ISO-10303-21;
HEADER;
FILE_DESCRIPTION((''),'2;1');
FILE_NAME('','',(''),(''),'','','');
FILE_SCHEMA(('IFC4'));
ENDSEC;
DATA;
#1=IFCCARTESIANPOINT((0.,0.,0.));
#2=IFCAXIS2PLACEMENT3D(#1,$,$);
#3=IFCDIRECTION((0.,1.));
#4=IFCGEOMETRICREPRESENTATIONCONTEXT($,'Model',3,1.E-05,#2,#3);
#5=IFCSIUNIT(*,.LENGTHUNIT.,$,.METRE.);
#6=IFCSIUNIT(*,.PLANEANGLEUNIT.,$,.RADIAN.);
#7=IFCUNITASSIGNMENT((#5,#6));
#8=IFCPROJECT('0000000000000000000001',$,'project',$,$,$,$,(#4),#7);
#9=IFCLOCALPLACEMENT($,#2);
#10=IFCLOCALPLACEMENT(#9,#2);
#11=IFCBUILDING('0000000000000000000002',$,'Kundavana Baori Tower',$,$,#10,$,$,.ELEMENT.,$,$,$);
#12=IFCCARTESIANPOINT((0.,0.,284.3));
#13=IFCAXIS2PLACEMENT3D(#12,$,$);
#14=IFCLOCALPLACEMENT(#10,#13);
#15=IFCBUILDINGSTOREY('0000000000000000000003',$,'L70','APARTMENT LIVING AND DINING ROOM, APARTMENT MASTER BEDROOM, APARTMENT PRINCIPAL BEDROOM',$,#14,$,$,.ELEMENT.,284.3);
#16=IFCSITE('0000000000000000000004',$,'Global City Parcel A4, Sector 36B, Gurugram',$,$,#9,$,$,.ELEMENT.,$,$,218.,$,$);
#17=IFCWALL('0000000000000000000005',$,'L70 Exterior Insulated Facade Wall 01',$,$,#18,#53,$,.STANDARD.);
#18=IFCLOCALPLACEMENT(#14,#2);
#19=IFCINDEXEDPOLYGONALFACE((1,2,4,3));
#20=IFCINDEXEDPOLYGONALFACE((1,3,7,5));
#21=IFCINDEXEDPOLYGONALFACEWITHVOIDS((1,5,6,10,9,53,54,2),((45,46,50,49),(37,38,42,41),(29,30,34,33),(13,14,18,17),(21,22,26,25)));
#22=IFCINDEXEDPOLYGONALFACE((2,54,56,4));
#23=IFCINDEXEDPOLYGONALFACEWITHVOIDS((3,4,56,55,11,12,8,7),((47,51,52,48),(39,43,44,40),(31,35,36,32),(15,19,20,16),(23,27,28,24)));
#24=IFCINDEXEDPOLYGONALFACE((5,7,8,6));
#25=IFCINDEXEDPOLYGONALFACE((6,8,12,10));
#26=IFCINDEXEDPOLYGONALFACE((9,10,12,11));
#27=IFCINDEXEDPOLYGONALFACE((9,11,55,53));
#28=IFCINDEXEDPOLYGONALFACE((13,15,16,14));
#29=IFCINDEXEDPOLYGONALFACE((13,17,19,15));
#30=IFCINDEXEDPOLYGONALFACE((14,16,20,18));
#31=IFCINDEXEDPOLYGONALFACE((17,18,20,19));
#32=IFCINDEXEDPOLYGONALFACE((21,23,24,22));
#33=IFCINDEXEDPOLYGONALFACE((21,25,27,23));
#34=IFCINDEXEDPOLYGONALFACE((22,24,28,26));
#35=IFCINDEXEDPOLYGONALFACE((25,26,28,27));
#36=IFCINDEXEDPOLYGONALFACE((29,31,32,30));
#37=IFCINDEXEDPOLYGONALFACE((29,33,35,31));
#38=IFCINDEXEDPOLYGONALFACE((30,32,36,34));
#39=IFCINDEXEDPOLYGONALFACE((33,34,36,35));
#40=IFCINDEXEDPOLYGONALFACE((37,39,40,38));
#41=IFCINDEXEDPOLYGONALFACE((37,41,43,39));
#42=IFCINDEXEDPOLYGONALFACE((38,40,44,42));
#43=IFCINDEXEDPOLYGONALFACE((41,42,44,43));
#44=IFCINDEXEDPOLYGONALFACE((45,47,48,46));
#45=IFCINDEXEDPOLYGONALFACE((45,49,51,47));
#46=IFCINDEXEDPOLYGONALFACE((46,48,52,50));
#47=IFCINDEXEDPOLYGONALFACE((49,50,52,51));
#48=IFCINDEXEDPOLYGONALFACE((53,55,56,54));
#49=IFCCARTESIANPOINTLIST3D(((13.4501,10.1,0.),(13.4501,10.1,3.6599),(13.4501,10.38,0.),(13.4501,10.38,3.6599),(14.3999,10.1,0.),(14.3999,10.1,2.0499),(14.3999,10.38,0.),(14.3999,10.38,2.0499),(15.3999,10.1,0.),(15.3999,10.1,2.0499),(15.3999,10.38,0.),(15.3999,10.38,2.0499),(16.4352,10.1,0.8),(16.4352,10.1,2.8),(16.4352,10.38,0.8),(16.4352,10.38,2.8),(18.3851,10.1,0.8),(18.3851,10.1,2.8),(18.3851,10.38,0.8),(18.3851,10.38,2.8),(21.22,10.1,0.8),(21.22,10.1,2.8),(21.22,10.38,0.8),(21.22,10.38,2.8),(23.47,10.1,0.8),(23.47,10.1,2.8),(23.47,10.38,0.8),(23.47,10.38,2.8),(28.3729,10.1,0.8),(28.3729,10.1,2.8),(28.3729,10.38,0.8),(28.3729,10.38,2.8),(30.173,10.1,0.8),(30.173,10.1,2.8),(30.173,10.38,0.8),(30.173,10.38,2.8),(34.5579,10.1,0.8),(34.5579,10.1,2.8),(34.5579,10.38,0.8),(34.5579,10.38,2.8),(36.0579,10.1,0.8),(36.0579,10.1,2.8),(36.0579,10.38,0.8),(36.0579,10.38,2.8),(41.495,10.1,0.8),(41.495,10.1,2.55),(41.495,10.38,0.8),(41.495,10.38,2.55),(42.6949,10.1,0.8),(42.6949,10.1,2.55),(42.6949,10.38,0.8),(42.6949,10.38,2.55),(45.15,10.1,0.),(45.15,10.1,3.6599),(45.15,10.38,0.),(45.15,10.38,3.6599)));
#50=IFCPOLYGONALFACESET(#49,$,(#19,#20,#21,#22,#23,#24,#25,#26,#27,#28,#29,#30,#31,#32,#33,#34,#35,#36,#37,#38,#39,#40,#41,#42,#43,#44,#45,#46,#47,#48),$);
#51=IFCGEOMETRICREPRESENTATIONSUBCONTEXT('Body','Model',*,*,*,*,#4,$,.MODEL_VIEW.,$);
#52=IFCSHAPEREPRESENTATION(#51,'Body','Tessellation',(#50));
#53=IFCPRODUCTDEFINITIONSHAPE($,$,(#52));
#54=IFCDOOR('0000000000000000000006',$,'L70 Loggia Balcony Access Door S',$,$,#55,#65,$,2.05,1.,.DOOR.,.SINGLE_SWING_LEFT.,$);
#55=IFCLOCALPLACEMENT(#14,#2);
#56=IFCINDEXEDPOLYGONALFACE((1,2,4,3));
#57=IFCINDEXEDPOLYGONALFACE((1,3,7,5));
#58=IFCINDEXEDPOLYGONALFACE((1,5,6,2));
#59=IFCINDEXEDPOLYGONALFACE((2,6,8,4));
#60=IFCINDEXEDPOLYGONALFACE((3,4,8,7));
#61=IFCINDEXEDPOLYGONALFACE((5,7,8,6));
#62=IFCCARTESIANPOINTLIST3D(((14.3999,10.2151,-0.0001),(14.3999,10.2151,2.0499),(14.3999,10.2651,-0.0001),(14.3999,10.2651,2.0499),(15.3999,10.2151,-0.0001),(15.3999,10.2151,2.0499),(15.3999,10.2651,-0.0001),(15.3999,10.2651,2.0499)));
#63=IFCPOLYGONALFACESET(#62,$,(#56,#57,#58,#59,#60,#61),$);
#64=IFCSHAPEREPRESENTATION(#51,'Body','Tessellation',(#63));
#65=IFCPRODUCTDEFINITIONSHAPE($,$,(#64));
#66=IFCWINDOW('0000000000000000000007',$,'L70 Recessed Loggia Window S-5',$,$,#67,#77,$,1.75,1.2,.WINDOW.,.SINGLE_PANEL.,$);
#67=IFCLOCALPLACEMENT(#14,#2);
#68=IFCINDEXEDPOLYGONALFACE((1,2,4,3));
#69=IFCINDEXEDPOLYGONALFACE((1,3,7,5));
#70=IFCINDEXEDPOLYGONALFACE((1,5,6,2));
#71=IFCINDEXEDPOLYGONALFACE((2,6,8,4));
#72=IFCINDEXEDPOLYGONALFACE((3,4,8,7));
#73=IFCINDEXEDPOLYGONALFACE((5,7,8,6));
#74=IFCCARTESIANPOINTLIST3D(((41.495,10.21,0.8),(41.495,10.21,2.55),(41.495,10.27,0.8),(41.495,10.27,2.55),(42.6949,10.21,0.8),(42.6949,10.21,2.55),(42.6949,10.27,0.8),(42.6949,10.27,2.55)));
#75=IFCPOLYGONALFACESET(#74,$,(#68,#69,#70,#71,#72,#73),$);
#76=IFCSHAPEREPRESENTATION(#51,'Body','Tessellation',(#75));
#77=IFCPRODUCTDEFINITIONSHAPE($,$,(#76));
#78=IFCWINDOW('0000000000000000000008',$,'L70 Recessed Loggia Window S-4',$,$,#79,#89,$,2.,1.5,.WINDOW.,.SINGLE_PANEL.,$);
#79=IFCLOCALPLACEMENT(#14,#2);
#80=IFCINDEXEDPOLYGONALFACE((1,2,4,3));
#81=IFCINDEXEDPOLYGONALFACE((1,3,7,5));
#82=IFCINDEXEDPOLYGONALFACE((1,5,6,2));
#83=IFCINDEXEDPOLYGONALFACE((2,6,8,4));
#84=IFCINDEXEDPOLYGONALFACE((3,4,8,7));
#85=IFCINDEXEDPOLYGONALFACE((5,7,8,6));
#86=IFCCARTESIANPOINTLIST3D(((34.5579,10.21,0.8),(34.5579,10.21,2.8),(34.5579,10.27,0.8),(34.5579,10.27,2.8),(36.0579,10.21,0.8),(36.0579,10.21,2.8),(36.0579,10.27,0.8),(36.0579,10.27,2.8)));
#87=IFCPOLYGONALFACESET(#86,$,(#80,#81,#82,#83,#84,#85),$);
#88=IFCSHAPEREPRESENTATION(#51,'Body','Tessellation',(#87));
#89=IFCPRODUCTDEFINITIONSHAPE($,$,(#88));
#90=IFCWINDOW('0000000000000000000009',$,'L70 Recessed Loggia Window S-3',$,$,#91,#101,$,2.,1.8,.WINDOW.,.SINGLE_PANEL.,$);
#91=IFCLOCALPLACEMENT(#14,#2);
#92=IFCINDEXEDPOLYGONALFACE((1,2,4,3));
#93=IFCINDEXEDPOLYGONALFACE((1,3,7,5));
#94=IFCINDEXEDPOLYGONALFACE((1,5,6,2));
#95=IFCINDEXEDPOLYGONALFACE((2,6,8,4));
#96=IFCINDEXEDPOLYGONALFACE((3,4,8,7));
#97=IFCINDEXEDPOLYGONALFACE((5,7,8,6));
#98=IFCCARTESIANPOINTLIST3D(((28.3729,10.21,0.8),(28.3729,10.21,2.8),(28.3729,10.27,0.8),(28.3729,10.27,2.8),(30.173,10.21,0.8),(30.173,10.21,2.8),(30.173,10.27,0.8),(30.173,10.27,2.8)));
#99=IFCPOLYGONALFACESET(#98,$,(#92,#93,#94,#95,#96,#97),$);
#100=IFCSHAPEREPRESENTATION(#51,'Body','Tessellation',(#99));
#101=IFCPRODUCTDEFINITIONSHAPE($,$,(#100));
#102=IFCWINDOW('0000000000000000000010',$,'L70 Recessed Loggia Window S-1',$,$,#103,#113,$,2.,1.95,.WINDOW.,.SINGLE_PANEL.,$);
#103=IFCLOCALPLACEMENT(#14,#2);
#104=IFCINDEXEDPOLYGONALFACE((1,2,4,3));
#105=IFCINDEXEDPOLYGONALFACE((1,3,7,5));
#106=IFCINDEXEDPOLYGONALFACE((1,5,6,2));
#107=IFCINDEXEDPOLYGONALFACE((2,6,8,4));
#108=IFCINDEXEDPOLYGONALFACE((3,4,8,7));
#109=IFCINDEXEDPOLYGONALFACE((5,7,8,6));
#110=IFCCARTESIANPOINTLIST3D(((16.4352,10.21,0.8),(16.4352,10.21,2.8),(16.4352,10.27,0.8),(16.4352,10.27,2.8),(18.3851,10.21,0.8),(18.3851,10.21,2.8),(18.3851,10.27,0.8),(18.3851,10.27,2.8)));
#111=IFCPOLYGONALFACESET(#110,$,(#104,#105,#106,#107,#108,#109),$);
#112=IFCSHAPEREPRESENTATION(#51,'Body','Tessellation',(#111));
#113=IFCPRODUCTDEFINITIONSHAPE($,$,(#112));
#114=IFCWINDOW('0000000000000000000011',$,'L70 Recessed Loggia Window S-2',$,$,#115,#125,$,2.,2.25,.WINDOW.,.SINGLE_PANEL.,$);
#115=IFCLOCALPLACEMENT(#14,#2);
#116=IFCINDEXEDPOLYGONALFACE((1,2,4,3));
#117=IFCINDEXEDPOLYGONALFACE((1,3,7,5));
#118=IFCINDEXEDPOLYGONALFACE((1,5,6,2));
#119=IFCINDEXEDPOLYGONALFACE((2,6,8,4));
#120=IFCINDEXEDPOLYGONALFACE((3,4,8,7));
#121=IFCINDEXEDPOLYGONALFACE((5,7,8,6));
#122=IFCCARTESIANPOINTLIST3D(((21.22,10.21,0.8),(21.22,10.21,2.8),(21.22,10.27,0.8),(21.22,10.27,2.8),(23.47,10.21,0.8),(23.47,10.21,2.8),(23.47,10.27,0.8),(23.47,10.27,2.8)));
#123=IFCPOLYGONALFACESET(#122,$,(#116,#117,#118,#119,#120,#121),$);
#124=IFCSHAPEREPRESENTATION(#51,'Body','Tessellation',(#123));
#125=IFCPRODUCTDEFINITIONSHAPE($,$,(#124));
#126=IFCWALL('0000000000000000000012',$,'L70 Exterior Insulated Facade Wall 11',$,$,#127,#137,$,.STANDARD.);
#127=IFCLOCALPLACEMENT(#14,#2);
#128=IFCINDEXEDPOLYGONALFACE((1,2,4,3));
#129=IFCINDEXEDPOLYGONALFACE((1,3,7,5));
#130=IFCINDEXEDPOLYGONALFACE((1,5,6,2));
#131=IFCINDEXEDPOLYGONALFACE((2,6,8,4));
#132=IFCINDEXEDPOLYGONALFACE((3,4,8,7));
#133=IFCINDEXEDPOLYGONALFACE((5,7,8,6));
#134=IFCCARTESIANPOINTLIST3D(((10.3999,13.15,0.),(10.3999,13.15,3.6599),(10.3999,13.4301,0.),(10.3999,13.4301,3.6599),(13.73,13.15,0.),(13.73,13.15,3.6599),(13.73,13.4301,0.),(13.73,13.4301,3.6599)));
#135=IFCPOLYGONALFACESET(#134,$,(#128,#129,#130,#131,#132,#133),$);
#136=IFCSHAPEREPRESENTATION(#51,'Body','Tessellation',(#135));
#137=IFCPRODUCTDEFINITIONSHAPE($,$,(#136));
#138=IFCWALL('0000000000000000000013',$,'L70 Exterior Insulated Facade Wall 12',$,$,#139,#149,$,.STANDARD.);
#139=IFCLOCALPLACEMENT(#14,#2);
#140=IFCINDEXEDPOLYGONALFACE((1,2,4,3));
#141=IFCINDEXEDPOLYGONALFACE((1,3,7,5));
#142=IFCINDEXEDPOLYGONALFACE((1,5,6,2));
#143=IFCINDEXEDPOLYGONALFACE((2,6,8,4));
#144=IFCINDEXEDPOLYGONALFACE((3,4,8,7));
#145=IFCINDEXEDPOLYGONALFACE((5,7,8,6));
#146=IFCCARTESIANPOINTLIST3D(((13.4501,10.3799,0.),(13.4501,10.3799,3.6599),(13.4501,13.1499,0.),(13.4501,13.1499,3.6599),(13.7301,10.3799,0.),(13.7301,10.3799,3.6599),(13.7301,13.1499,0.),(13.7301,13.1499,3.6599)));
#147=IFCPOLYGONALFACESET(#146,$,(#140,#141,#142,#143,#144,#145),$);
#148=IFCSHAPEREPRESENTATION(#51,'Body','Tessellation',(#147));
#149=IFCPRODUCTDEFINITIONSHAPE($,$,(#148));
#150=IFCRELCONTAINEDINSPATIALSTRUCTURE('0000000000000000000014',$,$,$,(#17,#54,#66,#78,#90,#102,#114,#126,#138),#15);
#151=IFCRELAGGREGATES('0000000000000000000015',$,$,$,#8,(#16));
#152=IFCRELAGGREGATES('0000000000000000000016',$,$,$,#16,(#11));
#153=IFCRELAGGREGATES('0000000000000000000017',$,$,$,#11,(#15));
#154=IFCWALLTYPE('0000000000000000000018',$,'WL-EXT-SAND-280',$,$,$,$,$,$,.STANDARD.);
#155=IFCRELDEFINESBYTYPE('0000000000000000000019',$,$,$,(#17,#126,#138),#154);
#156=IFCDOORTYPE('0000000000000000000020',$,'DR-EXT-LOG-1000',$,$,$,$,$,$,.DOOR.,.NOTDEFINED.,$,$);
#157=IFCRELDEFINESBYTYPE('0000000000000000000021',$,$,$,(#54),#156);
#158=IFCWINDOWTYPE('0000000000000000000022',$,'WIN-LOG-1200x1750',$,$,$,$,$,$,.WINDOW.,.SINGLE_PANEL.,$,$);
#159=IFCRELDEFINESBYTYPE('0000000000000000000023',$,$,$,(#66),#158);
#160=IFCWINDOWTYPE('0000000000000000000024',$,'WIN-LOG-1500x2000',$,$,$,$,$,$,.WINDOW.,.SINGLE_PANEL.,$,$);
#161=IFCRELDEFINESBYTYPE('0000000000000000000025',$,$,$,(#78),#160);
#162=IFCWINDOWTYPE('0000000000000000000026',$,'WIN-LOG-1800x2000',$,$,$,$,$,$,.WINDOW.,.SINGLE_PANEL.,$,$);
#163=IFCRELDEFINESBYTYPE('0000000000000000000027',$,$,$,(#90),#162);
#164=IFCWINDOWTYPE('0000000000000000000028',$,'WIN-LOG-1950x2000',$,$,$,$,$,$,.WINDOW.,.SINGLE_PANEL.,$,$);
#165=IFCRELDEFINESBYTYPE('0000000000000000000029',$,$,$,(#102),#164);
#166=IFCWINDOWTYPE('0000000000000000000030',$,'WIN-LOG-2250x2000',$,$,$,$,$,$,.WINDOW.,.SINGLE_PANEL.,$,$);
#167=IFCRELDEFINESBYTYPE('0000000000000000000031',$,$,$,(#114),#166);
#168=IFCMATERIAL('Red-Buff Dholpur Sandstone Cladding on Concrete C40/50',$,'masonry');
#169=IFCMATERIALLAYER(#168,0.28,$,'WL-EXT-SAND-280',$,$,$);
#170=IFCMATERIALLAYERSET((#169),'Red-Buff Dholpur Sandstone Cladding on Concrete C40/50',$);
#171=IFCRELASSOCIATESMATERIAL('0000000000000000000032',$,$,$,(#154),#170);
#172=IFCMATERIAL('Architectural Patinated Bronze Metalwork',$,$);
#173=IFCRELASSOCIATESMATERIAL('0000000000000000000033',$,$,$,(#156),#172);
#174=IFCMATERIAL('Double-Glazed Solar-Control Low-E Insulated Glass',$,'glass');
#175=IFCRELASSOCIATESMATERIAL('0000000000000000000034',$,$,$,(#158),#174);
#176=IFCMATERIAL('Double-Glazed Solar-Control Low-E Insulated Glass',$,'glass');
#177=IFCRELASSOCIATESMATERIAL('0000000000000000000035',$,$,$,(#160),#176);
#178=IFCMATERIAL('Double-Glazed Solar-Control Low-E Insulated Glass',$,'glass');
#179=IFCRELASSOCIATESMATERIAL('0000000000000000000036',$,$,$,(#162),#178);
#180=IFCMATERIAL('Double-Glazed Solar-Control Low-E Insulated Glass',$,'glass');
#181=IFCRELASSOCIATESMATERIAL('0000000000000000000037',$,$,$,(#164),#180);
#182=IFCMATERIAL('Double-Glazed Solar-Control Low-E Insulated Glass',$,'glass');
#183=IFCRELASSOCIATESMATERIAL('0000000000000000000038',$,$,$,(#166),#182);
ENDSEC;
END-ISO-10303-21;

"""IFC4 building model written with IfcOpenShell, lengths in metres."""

from ifc_helpers import new_model, si_unit, direction, frame, frame_2d, origin, place, context, subcontext, project, spatial, rectangle, extrude, material, layer, layer_set, type_object, element, fill, save


model = new_model("IFC4")

# Units and contexts
model_context = context("Model", 3, precision=1e-05, world=origin(), true_north=direction((0.0, 1.0)))
body_context = subcontext(model_context, "Body", "Model", "MODEL_VIEW")
ifc_project = project(units=[si_unit("LENGTHUNIT", "METRE"), si_unit("PLANEANGLEUNIT", "RADIAN")], contexts=[model_context])

# Site, building, storey
site_placement = place(None, origin())
site = spatial("IfcSite", under=ifc_project, at=site_placement, Name="Global City Parcel A4, Sector 36B, Gurugram", CompositionType="ELEMENT", RefElevation=218.0)
building_placement = place(site_placement, origin())
building = spatial("IfcBuilding", under=site, at=building_placement, Name="Kundavana Baori Tower", CompositionType="ELEMENT")
storey_placement = place(building_placement, frame((0.0, 0.0, 284.3)))
storey = spatial("IfcBuildingStorey", under=building, at=storey_placement, Name="L70", Description="APARTMENT LIVING AND DINING ROOM, APARTMENT MASTER BEDROOM, APARTMENT PRINCIPAL BEDROOM", CompositionType="ELEMENT", Elevation=284.3)

# Wall, openings, door, windows
ifc_material_1 = material(Name="Red-Buff Dholpur Sandstone Cladding on Concrete C40/50", Category="masonry")
ifc_layer_1 = layer(ifc_material_1, 0.28, Name="WL-EXT-SAND-280")
ifc_layer_set_1 = layer_set([ifc_layer_1], Name="Red-Buff Dholpur Sandstone Cladding on Concrete C40/50")
wall_type_1 = type_object("IfcWallType", Name="WL-EXT-SAND-280", PredefinedType="STANDARD", material=ifc_layer_set_1)
wall_1_placement = place(storey_placement, frame((13.45, 10.24, 0.0), z_axis=(0.0, 0.0, 1.0), x_axis=(1.0, 0.0, 0.0)))
wall_1 = element("IfcWall", 1, at=wall_1_placement, inside=storey, type_object=wall_type_1, Name="L70 Exterior Insulated Facade Wall 01", PredefinedType="STANDARD", context=body_context, shape_type="SweptSolid", body=[
    extrude(rectangle(XDim=31.7, YDim=0.28, at=frame_2d((15.8501, 0.0))), origin(), (0.0, 0.0, 1.0), 3.6599),
])
opening_1_placement = place(wall_1_placement, frame((0.95, 0.0, 0.0)))
opening_1 = element("IfcOpeningElement", 2, at=opening_1_placement, cuts=wall_1, PredefinedType="OPENING", context=body_context, shape_type="SweptSolid", body=[
    extrude(rectangle(XDim=1.0, YDim=2.05, at=frame_2d((0.5, 1.0249))), frame((0.0, 0.1499, 0.0), z_axis=(0.0, -1.0, 0.0), x_axis=(1.0, 0.0, 0.0)), (0.0, 0.0, 1.0), 0.3),
])
opening_2_placement = place(wall_1_placement, frame((2.9851, 0.0, 0.8)))
opening_2 = element("IfcOpeningElement", 3, at=opening_2_placement, cuts=wall_1, PredefinedType="OPENING", context=body_context, shape_type="SweptSolid", body=[
    extrude(rectangle(XDim=1.95, YDim=2.0, at=frame_2d((0.9751, 1.0))), frame((0.0, 0.1499, 0.0), z_axis=(0.0, -1.0, 0.0), x_axis=(1.0, 0.0, 0.0)), (0.0, 0.0, 1.0), 0.3),
])
opening_3_placement = place(wall_1_placement, frame((7.77, 0.0, 0.8)))
opening_3 = element("IfcOpeningElement", 4, at=opening_3_placement, cuts=wall_1, PredefinedType="OPENING", context=body_context, shape_type="SweptSolid", body=[
    extrude(rectangle(XDim=2.25, YDim=2.0, at=frame_2d((1.125, 1.0))), frame((0.0, 0.1499, 0.0), z_axis=(0.0, -1.0, 0.0), x_axis=(1.0, 0.0, 0.0)), (0.0, 0.0, 1.0), 0.3),
])
opening_4_placement = place(wall_1_placement, frame((14.9231, 0.0, 0.8)))
opening_4 = element("IfcOpeningElement", 5, at=opening_4_placement, cuts=wall_1, PredefinedType="OPENING", context=body_context, shape_type="SweptSolid", body=[
    extrude(rectangle(XDim=1.8, YDim=2.0, at=frame_2d((0.8999, 1.0))), frame((0.0, 0.1499, 0.0), z_axis=(0.0, -1.0, 0.0), x_axis=(1.0, 0.0, 0.0)), (0.0, 0.0, 1.0), 0.3),
])
opening_5_placement = place(wall_1_placement, frame((21.1079, 0.0, 0.8)))
opening_5 = element("IfcOpeningElement", 6, at=opening_5_placement, cuts=wall_1, PredefinedType="OPENING", context=body_context, shape_type="SweptSolid", body=[
    extrude(rectangle(XDim=1.5, YDim=2.0, at=frame_2d((0.75, 1.0))), frame((0.0, 0.1499, 0.0), z_axis=(0.0, -1.0, 0.0), x_axis=(1.0, 0.0, 0.0)), (0.0, 0.0, 1.0), 0.3),
])
opening_6_placement = place(wall_1_placement, frame((28.0449, 0.0, 0.8)))
opening_6 = element("IfcOpeningElement", 7, at=opening_6_placement, cuts=wall_1, PredefinedType="OPENING", context=body_context, shape_type="SweptSolid", body=[
    extrude(rectangle(XDim=1.2, YDim=1.75, at=frame_2d((0.6001, 0.875))), frame((0.0, 0.1499, 0.0), z_axis=(0.0, -1.0, 0.0), x_axis=(1.0, 0.0, 0.0)), (0.0, 0.0, 1.0), 0.3),
])
ifc_material_2 = material(Name="Architectural Patinated Bronze Metalwork")
door_type_1 = type_object("IfcDoorType", Name="DR-EXT-LOG-1000", OperationType="NOTDEFINED", PredefinedType="DOOR", material=ifc_material_2)
door_1_placement = place(opening_1_placement, frame((1.0, 0.0, 0.0), z_axis=(0.0, 0.0, 1.0), x_axis=(-1.0, 0.0, 0.0)))
door_1 = element("IfcDoor", 8, at=door_1_placement, inside=storey, type_object=door_type_1, Name="L70 Loggia Balcony Access Door S", OperationType="SINGLE_SWING_LEFT", OverallHeight=2.05, OverallWidth=1.0, PredefinedType="DOOR", context=body_context, shape_type="SweptSolid", body=[
    extrude(rectangle(XDim=1.0, YDim=2.05, at=frame_2d((0.5, 1.0249))), frame((0.0, 0.0249, 0.0), z_axis=(0.0, -1.0, 0.0), x_axis=(1.0, 0.0, 0.0)), (0.0, 0.0, 1.0), 0.05),
])
fill(opening_1, door_1)
ifc_material_3 = material(Name="Double-Glazed Solar-Control Low-E Insulated Glass", Category="glass")
window_type_1 = type_object("IfcWindowType", Name="WIN-LOG-1200x1750", PartitioningType="SINGLE_PANEL", PredefinedType="WINDOW", material=ifc_material_3)
window_1_placement = place(opening_6_placement, origin())
window_1 = element("IfcWindow", 9, at=window_1_placement, inside=storey, type_object=window_type_1, Name="L70 Recessed Loggia Window S-5", OverallHeight=1.75, OverallWidth=1.2, PartitioningType="SINGLE_PANEL", PredefinedType="WINDOW", context=body_context, shape_type="SweptSolid", body=[
    extrude(rectangle(XDim=1.2, YDim=1.75, at=frame_2d((0.6001, 0.875))), frame((0.0, 0.03, 0.0), z_axis=(0.0, -1.0, 0.0), x_axis=(1.0, 0.0, 0.0)), (0.0, 0.0, 1.0), 0.0601),
])
fill(opening_6, window_1)
ifc_material_4 = material(Name="Double-Glazed Solar-Control Low-E Insulated Glass", Category="glass")
window_type_2 = type_object("IfcWindowType", Name="WIN-LOG-1500x2000", PartitioningType="SINGLE_PANEL", PredefinedType="WINDOW", material=ifc_material_4)
window_2_placement = place(opening_5_placement, origin())
window_2 = element("IfcWindow", 10, at=window_2_placement, inside=storey, type_object=window_type_2, Name="L70 Recessed Loggia Window S-4", OverallHeight=2.0, OverallWidth=1.5, PartitioningType="SINGLE_PANEL", PredefinedType="WINDOW", context=body_context, shape_type="SweptSolid", body=[
    extrude(rectangle(XDim=1.5, YDim=2.0, at=frame_2d((0.75, 1.0))), frame((0.0, 0.03, 0.0), z_axis=(0.0, -1.0, 0.0), x_axis=(1.0, 0.0, 0.0)), (0.0, 0.0, 1.0), 0.0601),
])
fill(opening_5, window_2)
ifc_material_5 = material(Name="Double-Glazed Solar-Control Low-E Insulated Glass", Category="glass")
window_type_3 = type_object("IfcWindowType", Name="WIN-LOG-1800x2000", PartitioningType="SINGLE_PANEL", PredefinedType="WINDOW", material=ifc_material_5)
window_3_placement = place(opening_4_placement, origin())
window_3 = element("IfcWindow", 11, at=window_3_placement, inside=storey, type_object=window_type_3, Name="L70 Recessed Loggia Window S-3", OverallHeight=2.0, OverallWidth=1.8, PartitioningType="SINGLE_PANEL", PredefinedType="WINDOW", context=body_context, shape_type="SweptSolid", body=[
    extrude(rectangle(XDim=1.8, YDim=2.0, at=frame_2d((0.8999, 1.0))), frame((0.0, 0.03, 0.0), z_axis=(0.0, -1.0, 0.0), x_axis=(1.0, 0.0, 0.0)), (0.0, 0.0, 1.0), 0.0601),
])
fill(opening_4, window_3)
ifc_material_6 = material(Name="Double-Glazed Solar-Control Low-E Insulated Glass", Category="glass")
window_type_4 = type_object("IfcWindowType", Name="WIN-LOG-1950x2000", PartitioningType="SINGLE_PANEL", PredefinedType="WINDOW", material=ifc_material_6)
window_4_placement = place(opening_2_placement, origin())
window_4 = element("IfcWindow", 12, at=window_4_placement, inside=storey, type_object=window_type_4, Name="L70 Recessed Loggia Window S-1", OverallHeight=2.0, OverallWidth=1.95, PartitioningType="SINGLE_PANEL", PredefinedType="WINDOW", context=body_context, shape_type="SweptSolid", body=[
    extrude(rectangle(XDim=1.95, YDim=2.0, at=frame_2d((0.9751, 1.0))), frame((0.0, 0.03, 0.0), z_axis=(0.0, -1.0, 0.0), x_axis=(1.0, 0.0, 0.0)), (0.0, 0.0, 1.0), 0.0601),
])
fill(opening_2, window_4)
ifc_material_7 = material(Name="Double-Glazed Solar-Control Low-E Insulated Glass", Category="glass")
window_type_5 = type_object("IfcWindowType", Name="WIN-LOG-2250x2000", PartitioningType="SINGLE_PANEL", PredefinedType="WINDOW", material=ifc_material_7)
window_5_placement = place(opening_3_placement, origin())
window_5 = element("IfcWindow", 13, at=window_5_placement, inside=storey, type_object=window_type_5, Name="L70 Recessed Loggia Window S-2", OverallHeight=2.0, OverallWidth=2.25, PartitioningType="SINGLE_PANEL", PredefinedType="WINDOW", context=body_context, shape_type="SweptSolid", body=[
    extrude(rectangle(XDim=2.25, YDim=2.0, at=frame_2d((1.125, 1.0))), frame((0.0, 0.03, 0.0), z_axis=(0.0, -1.0, 0.0), x_axis=(1.0, 0.0, 0.0)), (0.0, 0.0, 1.0), 0.0601),
])
fill(opening_3, window_5)

# Walls
wall_2_placement = place(storey_placement, frame((10.3999, 13.29, 0.0), z_axis=(0.0, 0.0, 1.0), x_axis=(1.0, 0.0, 0.0)))
element("IfcWall", 14, at=wall_2_placement, inside=storey, type_object=wall_type_1, Name="L70 Exterior Insulated Facade Wall 11", PredefinedType="STANDARD", context=body_context, shape_type="SweptSolid", body=[
    extrude(rectangle(XDim=3.3301, YDim=0.28, at=frame_2d((1.665, 0.0))), origin(), (0.0, 0.0, 1.0), 3.6599),
])
wall_3_placement = place(storey_placement, frame((13.5901, 13.1499, 0.0), z_axis=(0.0, 0.0, 1.0), x_axis=(0.0, -1.0, 0.0)))
element("IfcWall", 15, at=wall_3_placement, inside=storey, type_object=wall_type_1, Name="L70 Exterior Insulated Facade Wall 12", PredefinedType="STANDARD", context=body_context, shape_type="SweptSolid", body=[
    extrude(rectangle(XDim=2.77, YDim=0.28, at=frame_2d((1.385, 0.0))), origin(), (0.0, 0.0, 1.0), 3.6599),
])

save(model, "model.ifc")
